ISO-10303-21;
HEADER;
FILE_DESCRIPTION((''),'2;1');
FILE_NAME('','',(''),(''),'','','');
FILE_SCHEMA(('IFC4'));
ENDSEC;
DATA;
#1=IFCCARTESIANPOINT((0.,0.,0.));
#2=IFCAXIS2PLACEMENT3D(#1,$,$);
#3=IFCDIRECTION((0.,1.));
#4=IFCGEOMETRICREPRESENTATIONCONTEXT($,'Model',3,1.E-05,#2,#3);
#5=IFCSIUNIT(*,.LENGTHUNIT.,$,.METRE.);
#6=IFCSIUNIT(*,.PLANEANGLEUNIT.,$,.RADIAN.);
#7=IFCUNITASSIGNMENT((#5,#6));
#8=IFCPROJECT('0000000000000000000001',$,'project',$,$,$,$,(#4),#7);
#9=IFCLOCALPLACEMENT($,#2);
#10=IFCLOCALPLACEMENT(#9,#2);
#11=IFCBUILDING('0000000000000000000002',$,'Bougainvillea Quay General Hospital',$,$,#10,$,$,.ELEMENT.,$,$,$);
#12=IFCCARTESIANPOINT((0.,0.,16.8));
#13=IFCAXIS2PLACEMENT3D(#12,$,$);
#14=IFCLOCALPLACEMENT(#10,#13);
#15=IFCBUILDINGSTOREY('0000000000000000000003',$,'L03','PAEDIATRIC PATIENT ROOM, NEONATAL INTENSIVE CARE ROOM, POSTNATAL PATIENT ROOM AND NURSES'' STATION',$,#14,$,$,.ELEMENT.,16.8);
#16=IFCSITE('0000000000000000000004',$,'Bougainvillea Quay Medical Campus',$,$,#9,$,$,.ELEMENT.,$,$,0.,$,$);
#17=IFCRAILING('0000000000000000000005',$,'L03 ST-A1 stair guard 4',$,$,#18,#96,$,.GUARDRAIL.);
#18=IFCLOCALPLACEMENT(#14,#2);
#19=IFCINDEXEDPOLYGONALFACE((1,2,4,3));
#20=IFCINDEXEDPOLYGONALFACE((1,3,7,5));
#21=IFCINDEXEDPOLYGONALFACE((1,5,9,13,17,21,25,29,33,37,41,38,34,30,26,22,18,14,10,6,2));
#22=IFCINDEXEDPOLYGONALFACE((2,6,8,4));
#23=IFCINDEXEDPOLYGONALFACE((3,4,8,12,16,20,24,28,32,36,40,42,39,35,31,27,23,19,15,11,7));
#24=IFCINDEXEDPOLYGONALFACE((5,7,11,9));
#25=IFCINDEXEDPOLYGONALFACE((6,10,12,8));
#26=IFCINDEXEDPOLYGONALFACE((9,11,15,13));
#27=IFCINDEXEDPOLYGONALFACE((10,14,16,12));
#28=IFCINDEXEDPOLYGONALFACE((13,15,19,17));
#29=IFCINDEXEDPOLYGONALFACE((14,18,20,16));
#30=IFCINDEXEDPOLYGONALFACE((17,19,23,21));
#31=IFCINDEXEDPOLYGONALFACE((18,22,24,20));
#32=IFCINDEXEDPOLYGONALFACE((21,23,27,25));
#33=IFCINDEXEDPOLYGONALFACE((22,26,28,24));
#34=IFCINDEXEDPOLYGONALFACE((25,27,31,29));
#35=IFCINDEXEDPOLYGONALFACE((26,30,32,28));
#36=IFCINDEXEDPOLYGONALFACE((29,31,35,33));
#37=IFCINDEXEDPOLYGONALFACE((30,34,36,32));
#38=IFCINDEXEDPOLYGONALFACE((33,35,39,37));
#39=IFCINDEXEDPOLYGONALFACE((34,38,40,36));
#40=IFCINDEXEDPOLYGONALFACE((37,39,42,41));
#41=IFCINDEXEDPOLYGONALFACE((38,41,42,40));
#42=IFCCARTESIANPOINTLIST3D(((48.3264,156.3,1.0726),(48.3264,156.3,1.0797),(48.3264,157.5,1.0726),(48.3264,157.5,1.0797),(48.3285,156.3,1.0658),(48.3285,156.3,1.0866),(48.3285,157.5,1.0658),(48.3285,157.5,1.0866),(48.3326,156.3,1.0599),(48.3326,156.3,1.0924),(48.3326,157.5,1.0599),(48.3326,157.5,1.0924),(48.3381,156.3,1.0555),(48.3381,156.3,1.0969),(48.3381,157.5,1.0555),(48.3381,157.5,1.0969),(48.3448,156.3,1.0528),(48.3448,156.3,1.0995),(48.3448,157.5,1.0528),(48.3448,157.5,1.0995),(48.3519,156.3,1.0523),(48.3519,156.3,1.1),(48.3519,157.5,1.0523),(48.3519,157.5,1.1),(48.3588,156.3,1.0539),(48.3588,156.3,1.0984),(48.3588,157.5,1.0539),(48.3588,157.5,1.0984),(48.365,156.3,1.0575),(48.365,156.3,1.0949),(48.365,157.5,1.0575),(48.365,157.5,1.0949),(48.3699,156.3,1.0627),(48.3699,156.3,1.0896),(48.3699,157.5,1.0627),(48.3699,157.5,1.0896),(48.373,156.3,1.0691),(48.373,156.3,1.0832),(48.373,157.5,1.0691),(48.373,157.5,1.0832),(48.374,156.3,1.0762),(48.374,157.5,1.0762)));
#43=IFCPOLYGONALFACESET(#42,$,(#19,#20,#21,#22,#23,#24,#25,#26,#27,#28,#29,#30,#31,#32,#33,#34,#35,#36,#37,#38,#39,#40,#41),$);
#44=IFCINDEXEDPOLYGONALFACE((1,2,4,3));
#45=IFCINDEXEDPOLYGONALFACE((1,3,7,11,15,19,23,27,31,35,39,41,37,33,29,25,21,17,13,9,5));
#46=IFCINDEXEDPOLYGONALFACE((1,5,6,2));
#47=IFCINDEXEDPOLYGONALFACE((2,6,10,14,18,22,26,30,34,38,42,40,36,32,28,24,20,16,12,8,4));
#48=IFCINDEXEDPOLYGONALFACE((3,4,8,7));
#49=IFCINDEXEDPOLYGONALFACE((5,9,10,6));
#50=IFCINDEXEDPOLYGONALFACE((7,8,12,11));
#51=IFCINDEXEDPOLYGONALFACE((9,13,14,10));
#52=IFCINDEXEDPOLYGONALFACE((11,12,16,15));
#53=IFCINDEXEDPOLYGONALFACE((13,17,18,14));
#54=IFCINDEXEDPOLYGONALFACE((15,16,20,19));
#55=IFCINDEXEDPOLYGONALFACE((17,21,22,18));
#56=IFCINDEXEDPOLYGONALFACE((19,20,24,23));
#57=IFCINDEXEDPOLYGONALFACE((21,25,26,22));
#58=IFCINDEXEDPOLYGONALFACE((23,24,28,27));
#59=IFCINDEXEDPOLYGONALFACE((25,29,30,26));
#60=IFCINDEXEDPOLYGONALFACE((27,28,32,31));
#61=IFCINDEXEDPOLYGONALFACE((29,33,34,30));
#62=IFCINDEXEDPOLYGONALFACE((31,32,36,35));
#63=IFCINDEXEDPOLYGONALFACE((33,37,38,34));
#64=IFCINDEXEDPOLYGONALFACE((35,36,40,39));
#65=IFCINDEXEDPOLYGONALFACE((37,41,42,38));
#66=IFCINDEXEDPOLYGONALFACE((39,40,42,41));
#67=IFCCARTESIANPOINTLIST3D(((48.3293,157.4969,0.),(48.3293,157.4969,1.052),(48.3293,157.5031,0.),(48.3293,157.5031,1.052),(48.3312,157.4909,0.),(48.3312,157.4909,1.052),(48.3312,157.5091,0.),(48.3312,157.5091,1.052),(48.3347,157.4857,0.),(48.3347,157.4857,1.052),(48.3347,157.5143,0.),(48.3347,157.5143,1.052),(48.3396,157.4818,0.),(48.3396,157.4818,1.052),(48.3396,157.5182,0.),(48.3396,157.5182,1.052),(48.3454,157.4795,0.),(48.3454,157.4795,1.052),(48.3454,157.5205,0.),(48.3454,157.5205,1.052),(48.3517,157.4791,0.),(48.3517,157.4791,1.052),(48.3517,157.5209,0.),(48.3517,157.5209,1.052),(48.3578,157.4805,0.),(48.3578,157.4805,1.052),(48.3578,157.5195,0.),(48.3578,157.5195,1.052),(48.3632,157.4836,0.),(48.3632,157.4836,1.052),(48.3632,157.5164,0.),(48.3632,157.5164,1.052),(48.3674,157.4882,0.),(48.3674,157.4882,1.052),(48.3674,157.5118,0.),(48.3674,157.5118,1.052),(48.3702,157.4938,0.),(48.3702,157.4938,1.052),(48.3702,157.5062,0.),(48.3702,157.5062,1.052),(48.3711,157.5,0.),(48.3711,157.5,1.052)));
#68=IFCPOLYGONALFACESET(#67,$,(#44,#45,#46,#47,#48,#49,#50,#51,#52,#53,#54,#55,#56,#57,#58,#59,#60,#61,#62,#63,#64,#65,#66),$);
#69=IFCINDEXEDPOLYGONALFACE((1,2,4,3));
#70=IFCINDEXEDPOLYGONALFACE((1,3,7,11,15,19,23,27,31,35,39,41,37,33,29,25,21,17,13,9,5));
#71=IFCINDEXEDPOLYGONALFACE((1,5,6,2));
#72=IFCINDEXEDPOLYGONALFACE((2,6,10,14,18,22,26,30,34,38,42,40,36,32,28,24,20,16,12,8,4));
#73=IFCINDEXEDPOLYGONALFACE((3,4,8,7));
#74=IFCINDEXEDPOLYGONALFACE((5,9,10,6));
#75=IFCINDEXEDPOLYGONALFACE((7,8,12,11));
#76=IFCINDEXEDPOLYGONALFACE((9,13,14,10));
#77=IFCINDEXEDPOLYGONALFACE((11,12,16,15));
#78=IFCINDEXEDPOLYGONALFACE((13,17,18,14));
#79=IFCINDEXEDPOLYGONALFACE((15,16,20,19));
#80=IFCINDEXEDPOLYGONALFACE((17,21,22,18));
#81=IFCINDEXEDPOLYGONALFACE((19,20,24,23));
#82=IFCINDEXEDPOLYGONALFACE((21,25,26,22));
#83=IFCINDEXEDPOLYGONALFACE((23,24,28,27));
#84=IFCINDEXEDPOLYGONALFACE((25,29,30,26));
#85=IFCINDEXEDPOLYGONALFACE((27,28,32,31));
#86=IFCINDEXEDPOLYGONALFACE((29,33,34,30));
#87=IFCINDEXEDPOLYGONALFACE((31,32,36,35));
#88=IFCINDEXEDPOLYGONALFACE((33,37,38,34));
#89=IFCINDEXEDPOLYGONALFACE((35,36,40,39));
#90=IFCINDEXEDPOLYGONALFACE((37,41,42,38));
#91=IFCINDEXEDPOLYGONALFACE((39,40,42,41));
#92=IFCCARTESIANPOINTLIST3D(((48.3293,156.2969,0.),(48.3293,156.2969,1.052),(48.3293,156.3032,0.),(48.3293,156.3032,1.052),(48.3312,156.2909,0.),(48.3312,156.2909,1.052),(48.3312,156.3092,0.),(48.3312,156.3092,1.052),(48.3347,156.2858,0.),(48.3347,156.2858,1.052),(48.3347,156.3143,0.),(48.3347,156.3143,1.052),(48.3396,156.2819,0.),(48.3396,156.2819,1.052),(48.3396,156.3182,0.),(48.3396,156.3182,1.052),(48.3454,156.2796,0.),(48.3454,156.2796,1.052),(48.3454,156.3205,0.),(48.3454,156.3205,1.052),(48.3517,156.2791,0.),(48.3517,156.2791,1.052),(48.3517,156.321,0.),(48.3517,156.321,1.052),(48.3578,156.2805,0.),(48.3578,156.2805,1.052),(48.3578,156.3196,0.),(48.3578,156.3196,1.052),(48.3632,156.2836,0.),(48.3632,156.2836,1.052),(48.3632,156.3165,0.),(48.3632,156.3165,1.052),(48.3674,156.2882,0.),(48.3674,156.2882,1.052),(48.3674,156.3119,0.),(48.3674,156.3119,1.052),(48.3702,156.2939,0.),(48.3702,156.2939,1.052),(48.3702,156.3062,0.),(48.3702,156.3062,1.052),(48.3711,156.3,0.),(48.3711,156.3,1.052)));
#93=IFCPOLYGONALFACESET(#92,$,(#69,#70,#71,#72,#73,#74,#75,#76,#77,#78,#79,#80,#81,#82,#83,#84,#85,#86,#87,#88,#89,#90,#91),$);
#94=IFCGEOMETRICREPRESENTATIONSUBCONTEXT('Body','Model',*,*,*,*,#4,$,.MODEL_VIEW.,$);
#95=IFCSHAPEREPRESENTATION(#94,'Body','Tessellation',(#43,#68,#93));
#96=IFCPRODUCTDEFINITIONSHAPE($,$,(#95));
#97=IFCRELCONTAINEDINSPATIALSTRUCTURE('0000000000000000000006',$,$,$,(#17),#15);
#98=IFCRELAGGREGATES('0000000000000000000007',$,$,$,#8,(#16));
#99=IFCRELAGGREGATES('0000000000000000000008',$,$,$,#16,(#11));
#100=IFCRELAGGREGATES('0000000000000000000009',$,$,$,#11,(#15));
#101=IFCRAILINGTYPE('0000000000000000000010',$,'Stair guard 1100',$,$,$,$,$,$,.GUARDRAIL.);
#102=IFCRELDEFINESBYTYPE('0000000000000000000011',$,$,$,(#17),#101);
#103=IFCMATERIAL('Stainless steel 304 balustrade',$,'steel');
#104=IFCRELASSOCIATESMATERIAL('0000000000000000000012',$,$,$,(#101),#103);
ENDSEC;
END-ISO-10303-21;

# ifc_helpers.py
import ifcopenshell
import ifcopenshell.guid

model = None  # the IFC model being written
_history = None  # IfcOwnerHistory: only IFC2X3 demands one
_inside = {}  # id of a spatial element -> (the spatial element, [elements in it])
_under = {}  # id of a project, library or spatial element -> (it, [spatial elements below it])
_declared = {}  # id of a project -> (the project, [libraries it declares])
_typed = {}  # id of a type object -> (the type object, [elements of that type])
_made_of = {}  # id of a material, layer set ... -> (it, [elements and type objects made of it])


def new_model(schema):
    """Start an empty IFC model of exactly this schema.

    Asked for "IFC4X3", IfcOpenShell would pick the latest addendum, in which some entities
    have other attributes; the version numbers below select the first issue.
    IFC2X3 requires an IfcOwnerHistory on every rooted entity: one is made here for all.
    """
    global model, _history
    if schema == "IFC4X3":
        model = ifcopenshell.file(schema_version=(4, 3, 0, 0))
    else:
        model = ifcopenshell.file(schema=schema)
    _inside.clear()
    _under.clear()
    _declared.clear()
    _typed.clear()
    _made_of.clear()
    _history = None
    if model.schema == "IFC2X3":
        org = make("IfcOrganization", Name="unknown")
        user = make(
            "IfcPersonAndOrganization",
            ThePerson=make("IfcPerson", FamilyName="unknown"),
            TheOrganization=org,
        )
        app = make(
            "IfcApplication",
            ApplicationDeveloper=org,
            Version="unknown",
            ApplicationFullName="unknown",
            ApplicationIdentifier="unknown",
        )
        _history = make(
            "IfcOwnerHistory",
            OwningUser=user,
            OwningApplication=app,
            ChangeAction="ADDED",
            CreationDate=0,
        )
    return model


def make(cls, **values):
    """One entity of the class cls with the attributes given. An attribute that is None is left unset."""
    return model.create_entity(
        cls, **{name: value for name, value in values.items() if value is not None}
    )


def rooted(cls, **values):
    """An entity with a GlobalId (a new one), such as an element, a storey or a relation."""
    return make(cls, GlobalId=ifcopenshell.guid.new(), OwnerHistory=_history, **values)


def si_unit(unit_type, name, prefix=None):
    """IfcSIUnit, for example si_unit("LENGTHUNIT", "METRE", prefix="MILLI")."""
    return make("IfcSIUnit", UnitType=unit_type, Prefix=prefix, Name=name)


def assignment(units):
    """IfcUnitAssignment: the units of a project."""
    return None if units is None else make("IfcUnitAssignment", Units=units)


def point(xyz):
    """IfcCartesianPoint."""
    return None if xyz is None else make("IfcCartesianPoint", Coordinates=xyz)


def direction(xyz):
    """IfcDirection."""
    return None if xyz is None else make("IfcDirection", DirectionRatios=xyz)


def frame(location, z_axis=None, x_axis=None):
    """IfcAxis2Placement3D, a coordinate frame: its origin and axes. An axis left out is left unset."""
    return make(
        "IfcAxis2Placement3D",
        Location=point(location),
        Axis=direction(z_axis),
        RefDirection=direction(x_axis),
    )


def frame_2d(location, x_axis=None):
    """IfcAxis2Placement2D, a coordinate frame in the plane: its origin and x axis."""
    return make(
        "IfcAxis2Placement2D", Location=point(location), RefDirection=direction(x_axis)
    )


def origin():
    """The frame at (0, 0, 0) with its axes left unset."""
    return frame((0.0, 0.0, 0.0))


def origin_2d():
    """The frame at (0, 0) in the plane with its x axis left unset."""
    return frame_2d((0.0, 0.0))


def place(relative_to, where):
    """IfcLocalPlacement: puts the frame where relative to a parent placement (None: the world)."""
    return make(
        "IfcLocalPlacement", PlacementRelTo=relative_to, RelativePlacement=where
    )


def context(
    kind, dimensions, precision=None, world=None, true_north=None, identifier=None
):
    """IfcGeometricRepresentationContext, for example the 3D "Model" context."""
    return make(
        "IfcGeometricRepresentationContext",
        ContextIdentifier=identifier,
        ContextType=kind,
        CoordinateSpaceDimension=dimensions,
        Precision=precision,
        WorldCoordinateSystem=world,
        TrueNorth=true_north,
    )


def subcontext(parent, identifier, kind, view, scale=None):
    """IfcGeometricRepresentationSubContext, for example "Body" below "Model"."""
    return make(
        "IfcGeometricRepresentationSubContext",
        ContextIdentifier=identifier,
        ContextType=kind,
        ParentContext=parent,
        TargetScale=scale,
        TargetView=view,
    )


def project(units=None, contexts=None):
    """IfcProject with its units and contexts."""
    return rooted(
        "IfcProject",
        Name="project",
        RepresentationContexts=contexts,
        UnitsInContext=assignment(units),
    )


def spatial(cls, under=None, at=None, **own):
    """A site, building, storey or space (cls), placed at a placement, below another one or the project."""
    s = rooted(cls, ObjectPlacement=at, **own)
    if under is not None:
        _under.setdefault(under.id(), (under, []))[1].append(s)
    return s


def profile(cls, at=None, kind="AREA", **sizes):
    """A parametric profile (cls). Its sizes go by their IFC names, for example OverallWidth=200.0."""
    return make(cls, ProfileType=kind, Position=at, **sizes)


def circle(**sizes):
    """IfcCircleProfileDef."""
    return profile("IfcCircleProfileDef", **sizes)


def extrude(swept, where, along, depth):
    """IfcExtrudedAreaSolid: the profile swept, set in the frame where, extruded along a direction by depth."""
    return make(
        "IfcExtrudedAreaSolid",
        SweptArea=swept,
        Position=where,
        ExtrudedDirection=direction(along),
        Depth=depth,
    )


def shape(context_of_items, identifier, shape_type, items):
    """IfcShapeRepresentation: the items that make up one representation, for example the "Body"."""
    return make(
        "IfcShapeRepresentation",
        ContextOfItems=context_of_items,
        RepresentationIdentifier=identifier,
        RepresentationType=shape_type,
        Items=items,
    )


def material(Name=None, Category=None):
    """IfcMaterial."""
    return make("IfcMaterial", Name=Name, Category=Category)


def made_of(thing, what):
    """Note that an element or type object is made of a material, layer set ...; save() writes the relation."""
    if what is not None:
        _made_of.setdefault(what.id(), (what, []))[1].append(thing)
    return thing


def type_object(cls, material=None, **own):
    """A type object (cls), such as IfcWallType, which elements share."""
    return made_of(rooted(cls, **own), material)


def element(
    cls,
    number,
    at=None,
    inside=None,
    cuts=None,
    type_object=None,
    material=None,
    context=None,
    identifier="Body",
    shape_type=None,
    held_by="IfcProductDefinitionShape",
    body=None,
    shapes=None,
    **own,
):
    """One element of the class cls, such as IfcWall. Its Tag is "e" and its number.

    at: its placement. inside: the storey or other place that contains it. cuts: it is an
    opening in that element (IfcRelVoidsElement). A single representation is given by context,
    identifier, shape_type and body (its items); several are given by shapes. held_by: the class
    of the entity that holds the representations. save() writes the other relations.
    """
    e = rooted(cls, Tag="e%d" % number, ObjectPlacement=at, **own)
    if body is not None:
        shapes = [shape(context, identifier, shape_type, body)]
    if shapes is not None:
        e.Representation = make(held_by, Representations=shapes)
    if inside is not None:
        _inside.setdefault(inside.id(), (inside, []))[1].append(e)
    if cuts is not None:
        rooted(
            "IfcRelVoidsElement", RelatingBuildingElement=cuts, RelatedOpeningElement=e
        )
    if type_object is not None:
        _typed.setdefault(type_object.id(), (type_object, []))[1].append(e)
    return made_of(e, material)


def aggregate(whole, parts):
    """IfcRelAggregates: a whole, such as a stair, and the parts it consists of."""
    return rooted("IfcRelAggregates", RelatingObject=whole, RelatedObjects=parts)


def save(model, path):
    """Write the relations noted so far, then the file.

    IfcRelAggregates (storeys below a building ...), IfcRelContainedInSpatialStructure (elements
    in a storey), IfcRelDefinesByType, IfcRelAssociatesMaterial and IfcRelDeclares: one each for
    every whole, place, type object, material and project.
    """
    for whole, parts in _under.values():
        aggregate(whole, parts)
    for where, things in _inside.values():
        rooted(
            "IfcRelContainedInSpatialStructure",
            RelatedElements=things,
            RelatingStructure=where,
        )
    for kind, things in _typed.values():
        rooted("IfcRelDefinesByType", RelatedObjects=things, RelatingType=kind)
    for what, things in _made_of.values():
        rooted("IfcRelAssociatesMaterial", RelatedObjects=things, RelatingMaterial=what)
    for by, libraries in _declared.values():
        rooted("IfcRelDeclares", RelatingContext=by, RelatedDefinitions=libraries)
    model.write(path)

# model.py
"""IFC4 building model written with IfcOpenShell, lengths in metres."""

from ifc_helpers import new_model, si_unit, direction, frame, origin, origin_2d, place, context, subcontext, project, spatial, circle, extrude, material, type_object, element, save


model = new_model("IFC4")

# Units and contexts
model_context = context("Model", 3, precision=1e-05, world=origin(), true_north=direction((0.0, 1.0)))
body_context = subcontext(model_context, "Body", "Model", "MODEL_VIEW")
ifc_project = project(units=[si_unit("LENGTHUNIT", "METRE"), si_unit("PLANEANGLEUNIT", "RADIAN")], contexts=[model_context])

# Site, building, storey
site_placement = place(None, origin())
site = spatial("IfcSite", under=ifc_project, at=site_placement, Name="Bougainvillea Quay Medical Campus", CompositionType="ELEMENT", RefElevation=0.0)
building_placement = place(site_placement, origin())
building = spatial("IfcBuilding", under=site, at=building_placement, Name="Bougainvillea Quay General Hospital", CompositionType="ELEMENT")
storey_placement = place(building_placement, frame((0.0, 0.0, 16.8)))
storey = spatial("IfcBuildingStorey", under=building, at=storey_placement, Name="L03", Description="PAEDIATRIC PATIENT ROOM, NEONATAL INTENSIVE CARE ROOM, POSTNATAL PATIENT ROOM AND NURSES' STATION", CompositionType="ELEMENT", Elevation=16.8)

# Railing
ifc_material_1 = material(Name="Stainless steel 304 balustrade", Category="steel")
railing_type_1 = type_object("IfcRailingType", Name="Stair guard 1100", PredefinedType="GUARDRAIL", material=ifc_material_1)
railing_1_placement = place(storey_placement, frame((48.3501, 157.5, 0.0)))
element("IfcRailing", 1, at=railing_1_placement, inside=storey, type_object=railing_type_1, Name="L03 ST-A1 stair guard 4", PredefinedType="GUARDRAIL", context=body_context, shape_type="SweptSolid", body=[
    extrude(circle(Radius=0.0239, at=origin_2d()), frame((0.0, 0.0, 1.0762), z_axis=(0.0, -1.0, 0.0), x_axis=(1.0, 0.0, 0.0)), (0.0, 0.0, 1.0), 1.2),
    extrude(circle(Radius=0.021, at=origin_2d()), origin(), (0.0, 0.0, 1.0), 1.052),
    extrude(circle(Radius=0.021, at=origin_2d()), frame((0.0, -1.2, 0.0)), (0.0, 0.0, 1.0), 1.052),
])

save(model, "model.ifc")
